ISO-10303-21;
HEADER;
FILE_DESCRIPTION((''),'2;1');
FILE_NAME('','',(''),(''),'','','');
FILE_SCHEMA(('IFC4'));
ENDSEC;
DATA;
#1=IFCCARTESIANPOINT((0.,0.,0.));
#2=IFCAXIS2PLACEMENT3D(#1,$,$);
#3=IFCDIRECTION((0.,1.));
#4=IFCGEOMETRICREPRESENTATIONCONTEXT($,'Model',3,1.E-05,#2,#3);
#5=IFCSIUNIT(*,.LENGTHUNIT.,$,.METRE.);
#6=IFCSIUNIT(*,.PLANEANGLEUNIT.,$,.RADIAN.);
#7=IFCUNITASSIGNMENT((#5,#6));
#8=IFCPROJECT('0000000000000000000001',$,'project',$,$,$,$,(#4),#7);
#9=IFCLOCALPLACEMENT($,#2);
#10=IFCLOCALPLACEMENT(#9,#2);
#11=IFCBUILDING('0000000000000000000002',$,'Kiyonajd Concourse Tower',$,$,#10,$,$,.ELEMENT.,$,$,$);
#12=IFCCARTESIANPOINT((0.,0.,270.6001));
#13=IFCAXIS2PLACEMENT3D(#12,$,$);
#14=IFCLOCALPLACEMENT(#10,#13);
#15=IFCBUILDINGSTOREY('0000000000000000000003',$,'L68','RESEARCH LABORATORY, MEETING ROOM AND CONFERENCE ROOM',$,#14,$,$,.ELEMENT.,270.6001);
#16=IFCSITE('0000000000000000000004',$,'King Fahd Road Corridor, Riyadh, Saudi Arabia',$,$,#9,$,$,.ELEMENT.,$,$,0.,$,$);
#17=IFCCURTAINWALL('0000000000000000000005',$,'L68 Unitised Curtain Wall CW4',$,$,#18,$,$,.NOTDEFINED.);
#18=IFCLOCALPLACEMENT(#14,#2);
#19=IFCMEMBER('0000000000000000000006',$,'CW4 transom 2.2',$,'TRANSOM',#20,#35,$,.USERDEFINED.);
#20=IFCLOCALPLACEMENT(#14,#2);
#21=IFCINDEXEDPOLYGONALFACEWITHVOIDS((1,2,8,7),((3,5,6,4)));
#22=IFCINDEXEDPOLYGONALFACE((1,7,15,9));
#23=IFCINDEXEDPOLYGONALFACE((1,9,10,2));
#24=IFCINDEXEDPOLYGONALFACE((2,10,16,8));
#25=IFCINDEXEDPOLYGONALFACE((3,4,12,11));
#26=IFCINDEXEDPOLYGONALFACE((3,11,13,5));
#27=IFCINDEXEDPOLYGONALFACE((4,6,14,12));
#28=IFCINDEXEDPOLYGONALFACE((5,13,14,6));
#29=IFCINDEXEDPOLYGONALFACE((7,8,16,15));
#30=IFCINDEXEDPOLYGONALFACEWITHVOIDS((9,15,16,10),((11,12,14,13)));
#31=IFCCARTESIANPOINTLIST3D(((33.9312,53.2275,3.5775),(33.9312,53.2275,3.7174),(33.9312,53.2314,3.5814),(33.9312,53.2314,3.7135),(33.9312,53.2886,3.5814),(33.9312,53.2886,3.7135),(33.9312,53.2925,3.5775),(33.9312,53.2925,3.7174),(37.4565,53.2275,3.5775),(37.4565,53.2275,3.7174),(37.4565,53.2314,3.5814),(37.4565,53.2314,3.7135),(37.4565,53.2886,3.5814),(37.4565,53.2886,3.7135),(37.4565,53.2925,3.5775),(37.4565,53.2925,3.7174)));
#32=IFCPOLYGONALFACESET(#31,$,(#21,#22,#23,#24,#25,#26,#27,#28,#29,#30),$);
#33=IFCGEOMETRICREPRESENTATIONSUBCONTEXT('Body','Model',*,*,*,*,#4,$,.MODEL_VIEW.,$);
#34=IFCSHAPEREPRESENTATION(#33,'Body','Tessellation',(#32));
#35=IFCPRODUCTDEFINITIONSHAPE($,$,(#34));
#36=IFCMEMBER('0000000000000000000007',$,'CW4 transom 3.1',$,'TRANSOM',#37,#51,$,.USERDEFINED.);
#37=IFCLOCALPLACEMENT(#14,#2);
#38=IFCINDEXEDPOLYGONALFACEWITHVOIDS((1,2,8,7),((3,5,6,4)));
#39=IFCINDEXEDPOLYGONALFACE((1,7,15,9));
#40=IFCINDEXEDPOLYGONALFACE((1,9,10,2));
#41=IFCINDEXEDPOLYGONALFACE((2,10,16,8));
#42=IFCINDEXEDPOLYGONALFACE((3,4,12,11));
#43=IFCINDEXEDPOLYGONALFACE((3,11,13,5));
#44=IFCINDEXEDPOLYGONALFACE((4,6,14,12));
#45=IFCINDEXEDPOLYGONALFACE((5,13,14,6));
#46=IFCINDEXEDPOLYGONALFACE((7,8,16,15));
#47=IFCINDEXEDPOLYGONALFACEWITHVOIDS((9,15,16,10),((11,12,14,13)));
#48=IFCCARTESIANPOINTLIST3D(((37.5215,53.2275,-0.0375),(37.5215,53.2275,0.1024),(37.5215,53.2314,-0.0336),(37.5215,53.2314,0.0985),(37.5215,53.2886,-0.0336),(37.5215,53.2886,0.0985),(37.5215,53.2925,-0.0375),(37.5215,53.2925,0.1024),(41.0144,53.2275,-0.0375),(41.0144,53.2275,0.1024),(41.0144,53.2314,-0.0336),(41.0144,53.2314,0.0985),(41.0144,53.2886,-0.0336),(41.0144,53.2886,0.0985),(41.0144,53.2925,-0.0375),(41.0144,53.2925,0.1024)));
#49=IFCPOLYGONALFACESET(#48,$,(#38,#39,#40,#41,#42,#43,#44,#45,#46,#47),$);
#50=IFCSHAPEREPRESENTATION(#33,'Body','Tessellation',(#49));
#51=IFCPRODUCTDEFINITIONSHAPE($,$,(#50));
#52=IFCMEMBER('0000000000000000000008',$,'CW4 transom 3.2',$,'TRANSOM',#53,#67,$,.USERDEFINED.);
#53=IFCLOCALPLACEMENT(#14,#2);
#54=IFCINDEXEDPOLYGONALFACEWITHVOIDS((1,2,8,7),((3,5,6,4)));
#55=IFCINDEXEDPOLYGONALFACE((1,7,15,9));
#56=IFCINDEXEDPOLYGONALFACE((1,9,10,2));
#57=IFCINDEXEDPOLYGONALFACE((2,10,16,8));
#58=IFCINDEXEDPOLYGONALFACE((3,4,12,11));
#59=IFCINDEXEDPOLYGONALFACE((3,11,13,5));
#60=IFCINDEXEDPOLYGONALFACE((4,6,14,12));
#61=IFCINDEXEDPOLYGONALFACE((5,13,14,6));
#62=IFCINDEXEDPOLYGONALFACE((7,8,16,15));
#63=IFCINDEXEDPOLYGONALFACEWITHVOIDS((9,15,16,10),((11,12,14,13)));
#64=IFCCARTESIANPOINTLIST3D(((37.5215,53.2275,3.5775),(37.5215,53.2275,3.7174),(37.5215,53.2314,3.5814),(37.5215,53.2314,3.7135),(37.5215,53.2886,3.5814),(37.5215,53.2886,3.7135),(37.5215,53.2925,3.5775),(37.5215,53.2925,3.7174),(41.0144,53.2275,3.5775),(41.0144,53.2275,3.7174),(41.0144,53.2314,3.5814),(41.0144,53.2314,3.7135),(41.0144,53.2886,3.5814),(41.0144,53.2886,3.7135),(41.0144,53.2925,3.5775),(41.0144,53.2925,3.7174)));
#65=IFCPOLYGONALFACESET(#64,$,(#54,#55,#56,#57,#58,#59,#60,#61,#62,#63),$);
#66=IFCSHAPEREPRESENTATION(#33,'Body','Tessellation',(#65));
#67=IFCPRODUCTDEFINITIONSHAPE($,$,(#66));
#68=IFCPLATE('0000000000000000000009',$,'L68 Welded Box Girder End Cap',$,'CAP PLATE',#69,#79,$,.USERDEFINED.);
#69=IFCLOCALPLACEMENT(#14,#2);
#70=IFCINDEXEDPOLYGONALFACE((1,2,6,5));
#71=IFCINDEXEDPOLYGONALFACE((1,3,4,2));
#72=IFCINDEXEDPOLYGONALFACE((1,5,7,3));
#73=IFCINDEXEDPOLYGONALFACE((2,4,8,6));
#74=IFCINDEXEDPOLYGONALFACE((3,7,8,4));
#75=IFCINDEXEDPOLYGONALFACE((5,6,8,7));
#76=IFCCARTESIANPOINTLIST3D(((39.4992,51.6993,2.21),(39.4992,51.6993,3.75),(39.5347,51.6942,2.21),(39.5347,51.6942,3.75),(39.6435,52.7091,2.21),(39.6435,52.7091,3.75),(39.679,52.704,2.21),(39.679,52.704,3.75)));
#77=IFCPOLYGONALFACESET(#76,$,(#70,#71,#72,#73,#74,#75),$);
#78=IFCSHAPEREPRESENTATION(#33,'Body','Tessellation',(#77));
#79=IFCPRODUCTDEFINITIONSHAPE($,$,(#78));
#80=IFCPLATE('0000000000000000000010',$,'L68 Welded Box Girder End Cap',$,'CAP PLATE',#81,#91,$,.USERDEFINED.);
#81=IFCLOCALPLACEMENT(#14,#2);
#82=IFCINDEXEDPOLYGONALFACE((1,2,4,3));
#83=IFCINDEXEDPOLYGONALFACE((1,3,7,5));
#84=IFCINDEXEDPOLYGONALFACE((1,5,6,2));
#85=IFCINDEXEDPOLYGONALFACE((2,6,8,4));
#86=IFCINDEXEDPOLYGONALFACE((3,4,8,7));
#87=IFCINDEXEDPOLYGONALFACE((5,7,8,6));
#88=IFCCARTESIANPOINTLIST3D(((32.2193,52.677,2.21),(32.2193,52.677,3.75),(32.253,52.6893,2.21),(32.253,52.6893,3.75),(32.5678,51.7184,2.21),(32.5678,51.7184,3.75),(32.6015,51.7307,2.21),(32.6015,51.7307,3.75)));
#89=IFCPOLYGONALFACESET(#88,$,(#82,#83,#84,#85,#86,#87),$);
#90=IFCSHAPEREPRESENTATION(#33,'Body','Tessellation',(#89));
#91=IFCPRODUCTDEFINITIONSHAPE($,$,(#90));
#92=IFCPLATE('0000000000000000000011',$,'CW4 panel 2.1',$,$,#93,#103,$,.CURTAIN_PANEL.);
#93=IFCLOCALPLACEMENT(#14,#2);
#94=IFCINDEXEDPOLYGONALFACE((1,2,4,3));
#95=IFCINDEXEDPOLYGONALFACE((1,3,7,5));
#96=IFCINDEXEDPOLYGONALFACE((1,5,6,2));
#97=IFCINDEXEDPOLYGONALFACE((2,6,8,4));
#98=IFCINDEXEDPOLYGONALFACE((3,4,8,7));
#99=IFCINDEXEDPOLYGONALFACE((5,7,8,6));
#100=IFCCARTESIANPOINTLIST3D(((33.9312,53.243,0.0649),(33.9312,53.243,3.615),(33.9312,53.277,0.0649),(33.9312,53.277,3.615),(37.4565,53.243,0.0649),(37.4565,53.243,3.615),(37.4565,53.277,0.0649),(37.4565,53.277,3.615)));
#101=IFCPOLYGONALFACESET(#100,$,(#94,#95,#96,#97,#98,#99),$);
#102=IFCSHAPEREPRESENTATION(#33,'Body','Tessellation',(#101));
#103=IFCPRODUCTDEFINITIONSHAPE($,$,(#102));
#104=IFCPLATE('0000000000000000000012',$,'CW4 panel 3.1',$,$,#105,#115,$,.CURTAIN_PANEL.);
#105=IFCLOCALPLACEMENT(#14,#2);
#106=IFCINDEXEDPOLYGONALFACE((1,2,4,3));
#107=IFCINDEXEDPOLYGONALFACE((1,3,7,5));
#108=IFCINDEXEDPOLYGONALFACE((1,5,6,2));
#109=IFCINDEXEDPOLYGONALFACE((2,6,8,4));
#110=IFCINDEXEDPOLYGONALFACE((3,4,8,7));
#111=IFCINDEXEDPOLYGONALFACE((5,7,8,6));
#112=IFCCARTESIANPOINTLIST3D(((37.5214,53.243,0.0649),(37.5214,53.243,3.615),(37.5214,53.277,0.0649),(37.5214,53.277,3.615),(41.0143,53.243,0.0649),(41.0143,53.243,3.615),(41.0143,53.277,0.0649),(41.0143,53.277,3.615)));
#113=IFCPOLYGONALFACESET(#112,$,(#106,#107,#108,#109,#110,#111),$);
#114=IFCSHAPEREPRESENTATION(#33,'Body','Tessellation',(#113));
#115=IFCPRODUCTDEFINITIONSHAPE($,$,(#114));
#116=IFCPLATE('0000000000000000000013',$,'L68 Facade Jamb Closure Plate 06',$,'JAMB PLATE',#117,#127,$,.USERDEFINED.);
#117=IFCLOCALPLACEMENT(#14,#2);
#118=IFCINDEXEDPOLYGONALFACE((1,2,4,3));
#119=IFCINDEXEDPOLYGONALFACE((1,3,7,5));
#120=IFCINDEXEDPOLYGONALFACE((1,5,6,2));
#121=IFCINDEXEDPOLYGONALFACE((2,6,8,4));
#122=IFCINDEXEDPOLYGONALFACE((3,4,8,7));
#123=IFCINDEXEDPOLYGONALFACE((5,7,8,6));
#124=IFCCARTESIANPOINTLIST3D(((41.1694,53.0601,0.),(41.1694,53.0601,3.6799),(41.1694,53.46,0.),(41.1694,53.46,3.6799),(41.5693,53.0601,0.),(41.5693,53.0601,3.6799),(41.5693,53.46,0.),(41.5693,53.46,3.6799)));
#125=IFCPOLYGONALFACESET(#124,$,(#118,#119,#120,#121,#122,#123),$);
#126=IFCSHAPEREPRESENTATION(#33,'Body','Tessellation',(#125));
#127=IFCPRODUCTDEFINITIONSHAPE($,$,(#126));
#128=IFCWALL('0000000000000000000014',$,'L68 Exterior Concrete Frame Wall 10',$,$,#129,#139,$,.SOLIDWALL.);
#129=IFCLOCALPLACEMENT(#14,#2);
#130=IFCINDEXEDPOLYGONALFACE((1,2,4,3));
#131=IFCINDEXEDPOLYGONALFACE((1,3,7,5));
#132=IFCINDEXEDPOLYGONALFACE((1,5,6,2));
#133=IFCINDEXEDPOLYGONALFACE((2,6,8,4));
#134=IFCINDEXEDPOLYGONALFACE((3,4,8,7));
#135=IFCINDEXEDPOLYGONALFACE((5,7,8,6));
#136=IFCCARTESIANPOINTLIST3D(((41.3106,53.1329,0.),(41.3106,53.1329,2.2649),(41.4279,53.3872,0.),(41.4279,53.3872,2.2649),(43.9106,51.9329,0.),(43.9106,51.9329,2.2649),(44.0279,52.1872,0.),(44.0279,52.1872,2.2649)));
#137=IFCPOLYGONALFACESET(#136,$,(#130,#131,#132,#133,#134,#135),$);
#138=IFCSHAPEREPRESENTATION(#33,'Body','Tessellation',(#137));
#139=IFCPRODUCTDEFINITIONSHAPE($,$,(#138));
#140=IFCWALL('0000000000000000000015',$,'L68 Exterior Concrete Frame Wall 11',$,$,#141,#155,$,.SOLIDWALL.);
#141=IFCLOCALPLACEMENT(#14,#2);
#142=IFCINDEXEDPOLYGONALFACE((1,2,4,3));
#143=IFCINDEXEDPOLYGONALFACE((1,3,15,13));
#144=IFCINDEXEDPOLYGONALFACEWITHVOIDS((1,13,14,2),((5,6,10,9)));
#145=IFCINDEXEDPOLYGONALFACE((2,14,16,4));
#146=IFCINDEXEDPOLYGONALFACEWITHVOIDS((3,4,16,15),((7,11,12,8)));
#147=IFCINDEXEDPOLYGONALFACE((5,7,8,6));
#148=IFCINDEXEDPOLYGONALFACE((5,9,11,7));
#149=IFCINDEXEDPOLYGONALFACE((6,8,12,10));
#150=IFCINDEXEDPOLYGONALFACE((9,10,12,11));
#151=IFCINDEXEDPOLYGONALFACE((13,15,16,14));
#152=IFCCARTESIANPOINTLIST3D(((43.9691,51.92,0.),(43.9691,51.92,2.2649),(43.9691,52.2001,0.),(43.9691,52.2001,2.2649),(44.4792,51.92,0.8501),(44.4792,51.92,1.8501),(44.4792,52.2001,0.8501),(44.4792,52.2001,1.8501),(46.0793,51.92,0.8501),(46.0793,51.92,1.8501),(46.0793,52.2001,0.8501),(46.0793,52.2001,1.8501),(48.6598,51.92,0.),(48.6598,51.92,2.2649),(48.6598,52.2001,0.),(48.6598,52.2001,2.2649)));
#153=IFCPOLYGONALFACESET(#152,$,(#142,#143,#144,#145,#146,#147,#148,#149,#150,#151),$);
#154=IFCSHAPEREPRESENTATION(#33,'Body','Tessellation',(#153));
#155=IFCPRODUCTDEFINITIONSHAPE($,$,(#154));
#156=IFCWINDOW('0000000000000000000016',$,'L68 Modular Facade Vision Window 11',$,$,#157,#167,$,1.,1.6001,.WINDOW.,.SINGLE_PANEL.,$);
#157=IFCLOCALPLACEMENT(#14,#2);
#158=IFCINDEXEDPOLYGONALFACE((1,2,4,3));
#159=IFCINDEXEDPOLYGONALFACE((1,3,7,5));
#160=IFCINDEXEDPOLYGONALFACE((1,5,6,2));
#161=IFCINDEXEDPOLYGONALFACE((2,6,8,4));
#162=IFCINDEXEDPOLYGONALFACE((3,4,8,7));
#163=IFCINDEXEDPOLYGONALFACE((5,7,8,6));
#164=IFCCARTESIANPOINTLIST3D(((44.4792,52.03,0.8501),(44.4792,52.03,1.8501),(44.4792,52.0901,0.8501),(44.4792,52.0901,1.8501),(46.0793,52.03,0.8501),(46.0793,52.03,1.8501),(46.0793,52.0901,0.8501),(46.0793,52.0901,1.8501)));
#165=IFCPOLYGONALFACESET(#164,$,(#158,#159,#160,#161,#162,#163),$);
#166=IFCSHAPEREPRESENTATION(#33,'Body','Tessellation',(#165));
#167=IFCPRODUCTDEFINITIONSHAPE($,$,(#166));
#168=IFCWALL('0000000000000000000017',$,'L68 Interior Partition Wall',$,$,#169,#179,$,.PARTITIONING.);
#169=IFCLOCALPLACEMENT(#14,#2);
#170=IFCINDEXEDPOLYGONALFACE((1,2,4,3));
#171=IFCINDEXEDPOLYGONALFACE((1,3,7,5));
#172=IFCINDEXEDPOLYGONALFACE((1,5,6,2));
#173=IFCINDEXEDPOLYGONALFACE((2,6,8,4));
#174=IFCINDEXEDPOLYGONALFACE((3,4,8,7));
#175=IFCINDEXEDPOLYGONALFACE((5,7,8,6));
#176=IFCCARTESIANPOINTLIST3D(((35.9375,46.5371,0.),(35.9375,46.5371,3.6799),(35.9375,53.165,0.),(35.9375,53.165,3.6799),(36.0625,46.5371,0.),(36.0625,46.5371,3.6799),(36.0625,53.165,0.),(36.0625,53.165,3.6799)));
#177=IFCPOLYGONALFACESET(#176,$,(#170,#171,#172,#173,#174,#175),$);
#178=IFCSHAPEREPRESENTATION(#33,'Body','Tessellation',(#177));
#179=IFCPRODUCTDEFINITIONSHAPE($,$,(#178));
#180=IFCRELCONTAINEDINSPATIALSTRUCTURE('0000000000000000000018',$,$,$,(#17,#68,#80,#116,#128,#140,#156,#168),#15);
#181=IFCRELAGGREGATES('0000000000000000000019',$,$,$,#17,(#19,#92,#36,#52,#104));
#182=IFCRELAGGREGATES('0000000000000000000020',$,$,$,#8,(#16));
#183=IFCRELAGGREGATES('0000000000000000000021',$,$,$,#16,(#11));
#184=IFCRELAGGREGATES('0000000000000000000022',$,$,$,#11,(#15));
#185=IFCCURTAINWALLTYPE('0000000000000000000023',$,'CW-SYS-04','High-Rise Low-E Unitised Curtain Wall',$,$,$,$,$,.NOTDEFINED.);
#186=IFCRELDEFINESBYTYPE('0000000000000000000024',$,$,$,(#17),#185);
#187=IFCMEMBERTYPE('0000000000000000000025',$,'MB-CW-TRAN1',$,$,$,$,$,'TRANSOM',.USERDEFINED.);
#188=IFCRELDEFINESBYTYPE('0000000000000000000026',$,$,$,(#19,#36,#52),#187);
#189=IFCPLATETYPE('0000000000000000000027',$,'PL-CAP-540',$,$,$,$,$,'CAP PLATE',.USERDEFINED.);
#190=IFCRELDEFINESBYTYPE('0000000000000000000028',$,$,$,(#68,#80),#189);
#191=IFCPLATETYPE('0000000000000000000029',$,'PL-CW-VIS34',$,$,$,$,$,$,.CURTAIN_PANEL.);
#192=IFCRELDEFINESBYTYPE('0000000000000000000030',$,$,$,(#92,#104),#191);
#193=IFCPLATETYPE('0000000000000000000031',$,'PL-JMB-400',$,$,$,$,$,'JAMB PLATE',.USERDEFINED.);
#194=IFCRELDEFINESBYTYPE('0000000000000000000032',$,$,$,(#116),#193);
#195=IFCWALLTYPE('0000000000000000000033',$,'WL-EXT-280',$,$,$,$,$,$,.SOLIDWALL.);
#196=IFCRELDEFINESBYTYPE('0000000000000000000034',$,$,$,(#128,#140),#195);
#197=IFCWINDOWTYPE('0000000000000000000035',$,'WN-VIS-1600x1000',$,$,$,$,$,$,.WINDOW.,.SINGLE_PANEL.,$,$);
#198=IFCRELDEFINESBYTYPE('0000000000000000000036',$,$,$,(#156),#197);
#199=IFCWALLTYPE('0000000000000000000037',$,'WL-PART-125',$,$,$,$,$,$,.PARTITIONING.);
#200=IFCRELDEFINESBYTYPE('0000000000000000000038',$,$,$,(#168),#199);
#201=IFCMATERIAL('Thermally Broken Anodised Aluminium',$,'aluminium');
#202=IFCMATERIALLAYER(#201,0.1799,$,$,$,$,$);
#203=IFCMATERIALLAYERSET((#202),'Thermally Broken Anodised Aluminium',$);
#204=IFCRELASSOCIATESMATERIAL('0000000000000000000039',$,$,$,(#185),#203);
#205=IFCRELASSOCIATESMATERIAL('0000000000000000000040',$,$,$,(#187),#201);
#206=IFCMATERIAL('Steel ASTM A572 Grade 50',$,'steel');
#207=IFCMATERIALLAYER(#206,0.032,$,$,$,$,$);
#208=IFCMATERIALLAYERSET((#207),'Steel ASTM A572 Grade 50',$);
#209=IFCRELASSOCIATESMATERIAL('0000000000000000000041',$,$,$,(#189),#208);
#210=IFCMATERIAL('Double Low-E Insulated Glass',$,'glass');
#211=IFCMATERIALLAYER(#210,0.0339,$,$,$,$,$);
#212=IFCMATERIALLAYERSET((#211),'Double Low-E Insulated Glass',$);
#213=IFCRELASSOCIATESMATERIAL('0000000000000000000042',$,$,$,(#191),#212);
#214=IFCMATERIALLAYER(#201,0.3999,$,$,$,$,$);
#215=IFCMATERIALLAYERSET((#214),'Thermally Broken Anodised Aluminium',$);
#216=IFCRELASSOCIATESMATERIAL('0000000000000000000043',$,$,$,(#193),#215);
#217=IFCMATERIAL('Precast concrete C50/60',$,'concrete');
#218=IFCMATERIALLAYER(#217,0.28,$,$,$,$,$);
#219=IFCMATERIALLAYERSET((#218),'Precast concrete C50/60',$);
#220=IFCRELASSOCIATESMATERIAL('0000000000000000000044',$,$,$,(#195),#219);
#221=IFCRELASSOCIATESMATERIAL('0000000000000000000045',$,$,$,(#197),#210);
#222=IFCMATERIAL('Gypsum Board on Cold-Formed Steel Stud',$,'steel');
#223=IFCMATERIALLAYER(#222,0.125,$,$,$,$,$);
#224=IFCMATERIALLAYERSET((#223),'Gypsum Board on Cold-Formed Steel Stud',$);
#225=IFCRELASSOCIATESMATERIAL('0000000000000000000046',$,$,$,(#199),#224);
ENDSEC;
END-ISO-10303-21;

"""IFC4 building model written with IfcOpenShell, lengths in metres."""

from ifc_helpers import new_model, si_unit, direction, frame, frame_2d, origin, origin_2d, place, context, subcontext, project, spatial, rectangle, hollow_rectangle, extrude, material, layer, layer_set, material_profile, profile_set, type_object, element, fill, aggregate, save


model = new_model("IFC4")

# Units and contexts
model_context = context("Model", 3, precision=1e-05, world=origin(), true_north=direction((0.0, 1.0)))
body_context = subcontext(model_context, "Body", "Model", "MODEL_VIEW")
ifc_project = project(units=[si_unit("LENGTHUNIT", "METRE"), si_unit("PLANEANGLEUNIT", "RADIAN")], contexts=[model_context])

# Site, building, storey
site_placement = place(None, origin())
site = spatial("IfcSite", under=ifc_project, at=site_placement, Name="King Fahd Road Corridor, Riyadh, Saudi Arabia", CompositionType="ELEMENT", RefElevation=0.0)
building_placement = place(site_placement, origin())
building = spatial("IfcBuilding", under=site, at=building_placement, Name="Kiyonajd Concourse Tower", CompositionType="ELEMENT")
storey_placement = place(building_placement, frame((0.0, 0.0, 270.6001)))
storey = spatial("IfcBuildingStorey", under=building, at=storey_placement, Name="L68", Description="RESEARCH LABORATORY, MEETING ROOM AND CONFERENCE ROOM", CompositionType="ELEMENT", Elevation=270.6001)

# Curtain wall, members
ifc_material_1 = material(Name="Thermally Broken Anodised Aluminium", Category="aluminium")
ifc_layer_1 = layer(ifc_material_1, 0.1799)
ifc_layer_set_1 = layer_set([ifc_layer_1], Name="Thermally Broken Anodised Aluminium")
curtain_wall_type = type_object("IfcCurtainWallType", Name="CW-SYS-04", Description="High-Rise Low-E Unitised Curtain Wall", PredefinedType="NOTDEFINED", material=ifc_layer_set_1)
curtain_wall_placement = place(storey_placement, origin())
curtain_wall = element("IfcCurtainWall", 1, at=curtain_wall_placement, inside=storey, type_object=curtain_wall_type, Name="L68 Unitised Curtain Wall CW4", PredefinedType="NOTDEFINED")
ifc_material_profile_1 = material_profile(ifc_material_1, hollow_rectangle(XDim=0.0649, YDim=0.1399, WallThickness=0.0039, at=origin_2d()), Name="TRAN-65x140")
ifc_profile_set_1 = profile_set([ifc_material_profile_1], Name="Thermally Broken Anodised Aluminium")
member_type_1 = type_object("IfcMemberType", Name="MB-CW-TRAN1", ElementType="TRANSOM", PredefinedType="USERDEFINED", material=ifc_profile_set_1)
member_1_placement = place(storey_placement, frame((33.9312, 53.26, 3.6475), z_axis=(1.0, 0.0, 0.0), x_axis=(0.0, 1.0, 0.0)))
member_1 = element("IfcMember", 2, at=member_1_placement, type_object=member_type_1, Name="CW4 transom 2.2", ObjectType="TRANSOM", PredefinedType="USERDEFINED", context=body_context, shape_type="SweptSolid", body=[
    extrude(hollow_rectangle(XDim=0.0649, YDim=0.1399, WallThickness=0.0039, at=origin_2d()), origin(), (0.0, 0.0, 1.0), 3.5254),
])
member_2_placement = place(storey_placement, frame((37.5215, 53.26, 0.0325), z_axis=(1.0, 0.0, 0.0), x_axis=(0.0, 1.0, 0.0)))
member_2 = element("IfcMember", 3, at=member_2_placement, type_object=member_type_1, Name="CW4 transom 3.1", ObjectType="TRANSOM", PredefinedType="USERDEFINED", context=body_context, shape_type="SweptSolid", body=[
    extrude(hollow_rectangle(XDim=0.0649, YDim=0.1399, WallThickness=0.0039, at=origin_2d()), origin(), (0.0, 0.0, 1.0), 3.4929),
])
member_3_placement = place(storey_placement, frame((37.5215, 53.26, 3.6475), z_axis=(1.0, 0.0, 0.0), x_axis=(0.0, 1.0, 0.0)))
member_3 = element("IfcMember", 4, at=member_3_placement, type_object=member_type_1, Name="CW4 transom 3.2", ObjectType="TRANSOM", PredefinedType="USERDEFINED", context=body_context, shape_type="SweptSolid", body=[
    extrude(hollow_rectangle(XDim=0.0649, YDim=0.1399, WallThickness=0.0039, at=origin_2d()), origin(), (0.0, 0.0, 1.0), 3.4929),
])

# Plates
ifc_material_2 = material(Name="Steel ASTM A572 Grade 50", Category="steel")
ifc_layer_2 = layer(ifc_material_2, 0.032)
ifc_layer_set_2 = layer_set([ifc_layer_2], Name="Steel ASTM A572 Grade 50")
plate_type_1 = type_object("IfcPlateType", Name="PL-CAP-540", ElementType="CAP PLATE", PredefinedType="USERDEFINED", material=ifc_layer_set_2)
for number, where, z_axis, x_axis, name in (
    (5, (39.5891, 52.2017, 2.21), (0.0, 0.0, 1.0), (-0.98995, 0.14142, 0.0), "L68 Welded Box Girder End Cap"),
    (6, (32.4104, 52.2039, 2.21), (0.0, 0.0, 1.0), (0.939812, 0.341692, 0.0), "L68 Welded Box Girder End Cap"),
):
    element("IfcPlate", number, at=place(storey_placement, frame(where, z_axis=z_axis, x_axis=x_axis)), inside=storey, type_object=plate_type_1, Name=name, ObjectType="CAP PLATE", PredefinedType="USERDEFINED", context=body_context, shape_type="SweptSolid", body=[
        extrude(rectangle(XDim=0.0359, YDim=1.02, at=origin_2d()), origin(), (0.0, 0.0, 1.0), 1.54),
    ])

# Plates
ifc_material_3 = material(Name="Double Low-E Insulated Glass", Category="glass")
ifc_layer_3 = layer(ifc_material_3, 0.0339)
ifc_layer_set_3 = layer_set([ifc_layer_3], Name="Double Low-E Insulated Glass")
plate_type_2 = type_object("IfcPlateType", Name="PL-CW-VIS34", PredefinedType="CURTAIN_PANEL", material=ifc_layer_set_3)
plate_1_placement = place(storey_placement, frame((35.6938, 53.26, 0.0649), z_axis=(0.0, 0.0, 1.0), x_axis=(1.0, 0.0, 0.0)))
plate_1 = element("IfcPlate", 7, at=plate_1_placement, type_object=plate_type_2, Name="CW4 panel 2.1", PredefinedType="CURTAIN_PANEL", context=body_context, shape_type="SweptSolid", body=[
    extrude(rectangle(XDim=3.5254, YDim=0.0339, at=origin_2d()), origin(), (0.0, 0.0, 1.0), 3.55),
])
plate_2_placement = place(storey_placement, frame((39.2678, 53.26, 0.0649), z_axis=(0.0, 0.0, 1.0), x_axis=(1.0, 0.0, 0.0)))
plate_2 = element("IfcPlate", 8, at=plate_2_placement, type_object=plate_type_2, Name="CW4 panel 3.1", PredefinedType="CURTAIN_PANEL", context=body_context, shape_type="SweptSolid", body=[
    extrude(rectangle(XDim=3.4929, YDim=0.0339, at=origin_2d()), origin(), (0.0, 0.0, 1.0), 3.55),
])
aggregate(curtain_wall, [member_1, plate_1, member_2, member_3, plate_2])
ifc_layer_4 = layer(ifc_material_1, 0.3999)
ifc_layer_set_4 = layer_set([ifc_layer_4], Name="Thermally Broken Anodised Aluminium")
plate_type_3 = type_object("IfcPlateType", Name="PL-JMB-400", ElementType="JAMB PLATE", PredefinedType="USERDEFINED", material=ifc_layer_set_4)
plate_3_placement = place(storey_placement, frame((41.3694, 53.26, 0.0), z_axis=(0.0, 0.0, 1.0), x_axis=(1.0, 0.0, 0.0)))
element("IfcPlate", 9, at=plate_3_placement, inside=storey, type_object=plate_type_3, Name="L68 Facade Jamb Closure Plate 06", ObjectType="JAMB PLATE", PredefinedType="USERDEFINED", context=body_context, shape_type="SweptSolid", body=[
    extrude(rectangle(XDim=0.3999, YDim=0.3999, at=origin_2d()), origin(), (0.0, 0.0, 1.0), 3.6799),
])

# Wall
ifc_material_4 = material(Name="Precast concrete C50/60", Category="concrete")
ifc_layer_5 = layer(ifc_material_4, 0.28)
ifc_layer_set_5 = layer_set([ifc_layer_5], Name="Precast concrete C50/60")
wall_type_1 = type_object("IfcWallType", Name="WL-EXT-280", PredefinedType="SOLIDWALL", material=ifc_layer_set_5)
wall_1_placement = place(storey_placement, frame((41.3694, 53.26, 0.0), z_axis=(0.0, 0.0, 1.0), x_axis=(0.907957, -0.419064, 0.0)))
element("IfcWall", 10, at=wall_1_placement, inside=storey, type_object=wall_type_1, Name="L68 Exterior Concrete Frame Wall 10", PredefinedType="SOLIDWALL", context=body_context, shape_type="SweptSolid", body=[
    extrude(rectangle(XDim=2.8635, YDim=0.28, at=frame_2d((1.4316, 0.0))), origin(), (0.0, 0.0, 1.0), 2.2649),
])

# Wall, opening, window
wall_2_placement = place(storey_placement, frame((43.9692, 52.0601, 0.0), z_axis=(0.0, 0.0, 1.0), x_axis=(1.0, 0.0, 0.0)))
wall_2 = element("IfcWall", 11, at=wall_2_placement, inside=storey, type_object=wall_type_1, Name="L68 Exterior Concrete Frame Wall 11", PredefinedType="SOLIDWALL", context=body_context, shape_type="SweptSolid", body=[
    extrude(rectangle(XDim=4.6907, YDim=0.28, at=frame_2d((2.3452, 0.0))), origin(), (0.0, 0.0, 1.0), 2.2649),
])
opening_placement = place(wall_2_placement, frame((0.51, 0.0, 0.8501)))
opening = element("IfcOpeningElement", 12, at=opening_placement, cuts=wall_2, PredefinedType="OPENING", context=body_context, shape_type="SweptSolid", body=[
    extrude(rectangle(XDim=1.6001, YDim=1.0, at=frame_2d((0.8, 0.5))), frame((0.0, 0.1499, 0.0), z_axis=(0.0, -1.0, 0.0), x_axis=(1.0, 0.0, 0.0)), (0.0, 0.0, 1.0), 0.3),
])
window_type = type_object("IfcWindowType", Name="WN-VIS-1600x1000", PartitioningType="SINGLE_PANEL", PredefinedType="WINDOW", material=ifc_material_3)
window_placement = place(opening_placement, origin())
window = element("IfcWindow", 13, at=window_placement, inside=storey, type_object=window_type, Name="L68 Modular Facade Vision Window 11", OverallHeight=1.0, OverallWidth=1.6001, PartitioningType="SINGLE_PANEL", PredefinedType="WINDOW", context=body_context, shape_type="SweptSolid", body=[
    extrude(rectangle(XDim=1.6001, YDim=1.0, at=frame_2d((0.8, 0.5))), frame((0.0, 0.03, 0.0), z_axis=(0.0, -1.0, 0.0), x_axis=(1.0, 0.0, 0.0)), (0.0, 0.0, 1.0), 0.0601),
])
fill(opening, window)

# Wall
ifc_material_5 = material(Name="Gypsum Board on Cold-Formed Steel Stud", Category="steel")
ifc_layer_6 = layer(ifc_material_5, 0.125)
ifc_layer_set_6 = layer_set([ifc_layer_6], Name="Gypsum Board on Cold-Formed Steel Stud")
wall_type_2 = type_object("IfcWallType", Name="WL-PART-125", PredefinedType="PARTITIONING", material=ifc_layer_set_6)
wall_3_placement = place(storey_placement, frame((36.0, 46.5371, 0.0), z_axis=(0.0, 0.0, 1.0), x_axis=(0.0, 1.0, 0.0)))
element("IfcWall", 14, at=wall_3_placement, inside=storey, type_object=wall_type_2, Name="L68 Interior Partition Wall", PredefinedType="PARTITIONING", context=body_context, shape_type="SweptSolid", body=[
    extrude(rectangle(XDim=6.6279, YDim=0.125, at=frame_2d((3.314, 0.0))), origin(), (0.0, 0.0, 1.0), 3.6799),
])

save(model, "model.ifc")
